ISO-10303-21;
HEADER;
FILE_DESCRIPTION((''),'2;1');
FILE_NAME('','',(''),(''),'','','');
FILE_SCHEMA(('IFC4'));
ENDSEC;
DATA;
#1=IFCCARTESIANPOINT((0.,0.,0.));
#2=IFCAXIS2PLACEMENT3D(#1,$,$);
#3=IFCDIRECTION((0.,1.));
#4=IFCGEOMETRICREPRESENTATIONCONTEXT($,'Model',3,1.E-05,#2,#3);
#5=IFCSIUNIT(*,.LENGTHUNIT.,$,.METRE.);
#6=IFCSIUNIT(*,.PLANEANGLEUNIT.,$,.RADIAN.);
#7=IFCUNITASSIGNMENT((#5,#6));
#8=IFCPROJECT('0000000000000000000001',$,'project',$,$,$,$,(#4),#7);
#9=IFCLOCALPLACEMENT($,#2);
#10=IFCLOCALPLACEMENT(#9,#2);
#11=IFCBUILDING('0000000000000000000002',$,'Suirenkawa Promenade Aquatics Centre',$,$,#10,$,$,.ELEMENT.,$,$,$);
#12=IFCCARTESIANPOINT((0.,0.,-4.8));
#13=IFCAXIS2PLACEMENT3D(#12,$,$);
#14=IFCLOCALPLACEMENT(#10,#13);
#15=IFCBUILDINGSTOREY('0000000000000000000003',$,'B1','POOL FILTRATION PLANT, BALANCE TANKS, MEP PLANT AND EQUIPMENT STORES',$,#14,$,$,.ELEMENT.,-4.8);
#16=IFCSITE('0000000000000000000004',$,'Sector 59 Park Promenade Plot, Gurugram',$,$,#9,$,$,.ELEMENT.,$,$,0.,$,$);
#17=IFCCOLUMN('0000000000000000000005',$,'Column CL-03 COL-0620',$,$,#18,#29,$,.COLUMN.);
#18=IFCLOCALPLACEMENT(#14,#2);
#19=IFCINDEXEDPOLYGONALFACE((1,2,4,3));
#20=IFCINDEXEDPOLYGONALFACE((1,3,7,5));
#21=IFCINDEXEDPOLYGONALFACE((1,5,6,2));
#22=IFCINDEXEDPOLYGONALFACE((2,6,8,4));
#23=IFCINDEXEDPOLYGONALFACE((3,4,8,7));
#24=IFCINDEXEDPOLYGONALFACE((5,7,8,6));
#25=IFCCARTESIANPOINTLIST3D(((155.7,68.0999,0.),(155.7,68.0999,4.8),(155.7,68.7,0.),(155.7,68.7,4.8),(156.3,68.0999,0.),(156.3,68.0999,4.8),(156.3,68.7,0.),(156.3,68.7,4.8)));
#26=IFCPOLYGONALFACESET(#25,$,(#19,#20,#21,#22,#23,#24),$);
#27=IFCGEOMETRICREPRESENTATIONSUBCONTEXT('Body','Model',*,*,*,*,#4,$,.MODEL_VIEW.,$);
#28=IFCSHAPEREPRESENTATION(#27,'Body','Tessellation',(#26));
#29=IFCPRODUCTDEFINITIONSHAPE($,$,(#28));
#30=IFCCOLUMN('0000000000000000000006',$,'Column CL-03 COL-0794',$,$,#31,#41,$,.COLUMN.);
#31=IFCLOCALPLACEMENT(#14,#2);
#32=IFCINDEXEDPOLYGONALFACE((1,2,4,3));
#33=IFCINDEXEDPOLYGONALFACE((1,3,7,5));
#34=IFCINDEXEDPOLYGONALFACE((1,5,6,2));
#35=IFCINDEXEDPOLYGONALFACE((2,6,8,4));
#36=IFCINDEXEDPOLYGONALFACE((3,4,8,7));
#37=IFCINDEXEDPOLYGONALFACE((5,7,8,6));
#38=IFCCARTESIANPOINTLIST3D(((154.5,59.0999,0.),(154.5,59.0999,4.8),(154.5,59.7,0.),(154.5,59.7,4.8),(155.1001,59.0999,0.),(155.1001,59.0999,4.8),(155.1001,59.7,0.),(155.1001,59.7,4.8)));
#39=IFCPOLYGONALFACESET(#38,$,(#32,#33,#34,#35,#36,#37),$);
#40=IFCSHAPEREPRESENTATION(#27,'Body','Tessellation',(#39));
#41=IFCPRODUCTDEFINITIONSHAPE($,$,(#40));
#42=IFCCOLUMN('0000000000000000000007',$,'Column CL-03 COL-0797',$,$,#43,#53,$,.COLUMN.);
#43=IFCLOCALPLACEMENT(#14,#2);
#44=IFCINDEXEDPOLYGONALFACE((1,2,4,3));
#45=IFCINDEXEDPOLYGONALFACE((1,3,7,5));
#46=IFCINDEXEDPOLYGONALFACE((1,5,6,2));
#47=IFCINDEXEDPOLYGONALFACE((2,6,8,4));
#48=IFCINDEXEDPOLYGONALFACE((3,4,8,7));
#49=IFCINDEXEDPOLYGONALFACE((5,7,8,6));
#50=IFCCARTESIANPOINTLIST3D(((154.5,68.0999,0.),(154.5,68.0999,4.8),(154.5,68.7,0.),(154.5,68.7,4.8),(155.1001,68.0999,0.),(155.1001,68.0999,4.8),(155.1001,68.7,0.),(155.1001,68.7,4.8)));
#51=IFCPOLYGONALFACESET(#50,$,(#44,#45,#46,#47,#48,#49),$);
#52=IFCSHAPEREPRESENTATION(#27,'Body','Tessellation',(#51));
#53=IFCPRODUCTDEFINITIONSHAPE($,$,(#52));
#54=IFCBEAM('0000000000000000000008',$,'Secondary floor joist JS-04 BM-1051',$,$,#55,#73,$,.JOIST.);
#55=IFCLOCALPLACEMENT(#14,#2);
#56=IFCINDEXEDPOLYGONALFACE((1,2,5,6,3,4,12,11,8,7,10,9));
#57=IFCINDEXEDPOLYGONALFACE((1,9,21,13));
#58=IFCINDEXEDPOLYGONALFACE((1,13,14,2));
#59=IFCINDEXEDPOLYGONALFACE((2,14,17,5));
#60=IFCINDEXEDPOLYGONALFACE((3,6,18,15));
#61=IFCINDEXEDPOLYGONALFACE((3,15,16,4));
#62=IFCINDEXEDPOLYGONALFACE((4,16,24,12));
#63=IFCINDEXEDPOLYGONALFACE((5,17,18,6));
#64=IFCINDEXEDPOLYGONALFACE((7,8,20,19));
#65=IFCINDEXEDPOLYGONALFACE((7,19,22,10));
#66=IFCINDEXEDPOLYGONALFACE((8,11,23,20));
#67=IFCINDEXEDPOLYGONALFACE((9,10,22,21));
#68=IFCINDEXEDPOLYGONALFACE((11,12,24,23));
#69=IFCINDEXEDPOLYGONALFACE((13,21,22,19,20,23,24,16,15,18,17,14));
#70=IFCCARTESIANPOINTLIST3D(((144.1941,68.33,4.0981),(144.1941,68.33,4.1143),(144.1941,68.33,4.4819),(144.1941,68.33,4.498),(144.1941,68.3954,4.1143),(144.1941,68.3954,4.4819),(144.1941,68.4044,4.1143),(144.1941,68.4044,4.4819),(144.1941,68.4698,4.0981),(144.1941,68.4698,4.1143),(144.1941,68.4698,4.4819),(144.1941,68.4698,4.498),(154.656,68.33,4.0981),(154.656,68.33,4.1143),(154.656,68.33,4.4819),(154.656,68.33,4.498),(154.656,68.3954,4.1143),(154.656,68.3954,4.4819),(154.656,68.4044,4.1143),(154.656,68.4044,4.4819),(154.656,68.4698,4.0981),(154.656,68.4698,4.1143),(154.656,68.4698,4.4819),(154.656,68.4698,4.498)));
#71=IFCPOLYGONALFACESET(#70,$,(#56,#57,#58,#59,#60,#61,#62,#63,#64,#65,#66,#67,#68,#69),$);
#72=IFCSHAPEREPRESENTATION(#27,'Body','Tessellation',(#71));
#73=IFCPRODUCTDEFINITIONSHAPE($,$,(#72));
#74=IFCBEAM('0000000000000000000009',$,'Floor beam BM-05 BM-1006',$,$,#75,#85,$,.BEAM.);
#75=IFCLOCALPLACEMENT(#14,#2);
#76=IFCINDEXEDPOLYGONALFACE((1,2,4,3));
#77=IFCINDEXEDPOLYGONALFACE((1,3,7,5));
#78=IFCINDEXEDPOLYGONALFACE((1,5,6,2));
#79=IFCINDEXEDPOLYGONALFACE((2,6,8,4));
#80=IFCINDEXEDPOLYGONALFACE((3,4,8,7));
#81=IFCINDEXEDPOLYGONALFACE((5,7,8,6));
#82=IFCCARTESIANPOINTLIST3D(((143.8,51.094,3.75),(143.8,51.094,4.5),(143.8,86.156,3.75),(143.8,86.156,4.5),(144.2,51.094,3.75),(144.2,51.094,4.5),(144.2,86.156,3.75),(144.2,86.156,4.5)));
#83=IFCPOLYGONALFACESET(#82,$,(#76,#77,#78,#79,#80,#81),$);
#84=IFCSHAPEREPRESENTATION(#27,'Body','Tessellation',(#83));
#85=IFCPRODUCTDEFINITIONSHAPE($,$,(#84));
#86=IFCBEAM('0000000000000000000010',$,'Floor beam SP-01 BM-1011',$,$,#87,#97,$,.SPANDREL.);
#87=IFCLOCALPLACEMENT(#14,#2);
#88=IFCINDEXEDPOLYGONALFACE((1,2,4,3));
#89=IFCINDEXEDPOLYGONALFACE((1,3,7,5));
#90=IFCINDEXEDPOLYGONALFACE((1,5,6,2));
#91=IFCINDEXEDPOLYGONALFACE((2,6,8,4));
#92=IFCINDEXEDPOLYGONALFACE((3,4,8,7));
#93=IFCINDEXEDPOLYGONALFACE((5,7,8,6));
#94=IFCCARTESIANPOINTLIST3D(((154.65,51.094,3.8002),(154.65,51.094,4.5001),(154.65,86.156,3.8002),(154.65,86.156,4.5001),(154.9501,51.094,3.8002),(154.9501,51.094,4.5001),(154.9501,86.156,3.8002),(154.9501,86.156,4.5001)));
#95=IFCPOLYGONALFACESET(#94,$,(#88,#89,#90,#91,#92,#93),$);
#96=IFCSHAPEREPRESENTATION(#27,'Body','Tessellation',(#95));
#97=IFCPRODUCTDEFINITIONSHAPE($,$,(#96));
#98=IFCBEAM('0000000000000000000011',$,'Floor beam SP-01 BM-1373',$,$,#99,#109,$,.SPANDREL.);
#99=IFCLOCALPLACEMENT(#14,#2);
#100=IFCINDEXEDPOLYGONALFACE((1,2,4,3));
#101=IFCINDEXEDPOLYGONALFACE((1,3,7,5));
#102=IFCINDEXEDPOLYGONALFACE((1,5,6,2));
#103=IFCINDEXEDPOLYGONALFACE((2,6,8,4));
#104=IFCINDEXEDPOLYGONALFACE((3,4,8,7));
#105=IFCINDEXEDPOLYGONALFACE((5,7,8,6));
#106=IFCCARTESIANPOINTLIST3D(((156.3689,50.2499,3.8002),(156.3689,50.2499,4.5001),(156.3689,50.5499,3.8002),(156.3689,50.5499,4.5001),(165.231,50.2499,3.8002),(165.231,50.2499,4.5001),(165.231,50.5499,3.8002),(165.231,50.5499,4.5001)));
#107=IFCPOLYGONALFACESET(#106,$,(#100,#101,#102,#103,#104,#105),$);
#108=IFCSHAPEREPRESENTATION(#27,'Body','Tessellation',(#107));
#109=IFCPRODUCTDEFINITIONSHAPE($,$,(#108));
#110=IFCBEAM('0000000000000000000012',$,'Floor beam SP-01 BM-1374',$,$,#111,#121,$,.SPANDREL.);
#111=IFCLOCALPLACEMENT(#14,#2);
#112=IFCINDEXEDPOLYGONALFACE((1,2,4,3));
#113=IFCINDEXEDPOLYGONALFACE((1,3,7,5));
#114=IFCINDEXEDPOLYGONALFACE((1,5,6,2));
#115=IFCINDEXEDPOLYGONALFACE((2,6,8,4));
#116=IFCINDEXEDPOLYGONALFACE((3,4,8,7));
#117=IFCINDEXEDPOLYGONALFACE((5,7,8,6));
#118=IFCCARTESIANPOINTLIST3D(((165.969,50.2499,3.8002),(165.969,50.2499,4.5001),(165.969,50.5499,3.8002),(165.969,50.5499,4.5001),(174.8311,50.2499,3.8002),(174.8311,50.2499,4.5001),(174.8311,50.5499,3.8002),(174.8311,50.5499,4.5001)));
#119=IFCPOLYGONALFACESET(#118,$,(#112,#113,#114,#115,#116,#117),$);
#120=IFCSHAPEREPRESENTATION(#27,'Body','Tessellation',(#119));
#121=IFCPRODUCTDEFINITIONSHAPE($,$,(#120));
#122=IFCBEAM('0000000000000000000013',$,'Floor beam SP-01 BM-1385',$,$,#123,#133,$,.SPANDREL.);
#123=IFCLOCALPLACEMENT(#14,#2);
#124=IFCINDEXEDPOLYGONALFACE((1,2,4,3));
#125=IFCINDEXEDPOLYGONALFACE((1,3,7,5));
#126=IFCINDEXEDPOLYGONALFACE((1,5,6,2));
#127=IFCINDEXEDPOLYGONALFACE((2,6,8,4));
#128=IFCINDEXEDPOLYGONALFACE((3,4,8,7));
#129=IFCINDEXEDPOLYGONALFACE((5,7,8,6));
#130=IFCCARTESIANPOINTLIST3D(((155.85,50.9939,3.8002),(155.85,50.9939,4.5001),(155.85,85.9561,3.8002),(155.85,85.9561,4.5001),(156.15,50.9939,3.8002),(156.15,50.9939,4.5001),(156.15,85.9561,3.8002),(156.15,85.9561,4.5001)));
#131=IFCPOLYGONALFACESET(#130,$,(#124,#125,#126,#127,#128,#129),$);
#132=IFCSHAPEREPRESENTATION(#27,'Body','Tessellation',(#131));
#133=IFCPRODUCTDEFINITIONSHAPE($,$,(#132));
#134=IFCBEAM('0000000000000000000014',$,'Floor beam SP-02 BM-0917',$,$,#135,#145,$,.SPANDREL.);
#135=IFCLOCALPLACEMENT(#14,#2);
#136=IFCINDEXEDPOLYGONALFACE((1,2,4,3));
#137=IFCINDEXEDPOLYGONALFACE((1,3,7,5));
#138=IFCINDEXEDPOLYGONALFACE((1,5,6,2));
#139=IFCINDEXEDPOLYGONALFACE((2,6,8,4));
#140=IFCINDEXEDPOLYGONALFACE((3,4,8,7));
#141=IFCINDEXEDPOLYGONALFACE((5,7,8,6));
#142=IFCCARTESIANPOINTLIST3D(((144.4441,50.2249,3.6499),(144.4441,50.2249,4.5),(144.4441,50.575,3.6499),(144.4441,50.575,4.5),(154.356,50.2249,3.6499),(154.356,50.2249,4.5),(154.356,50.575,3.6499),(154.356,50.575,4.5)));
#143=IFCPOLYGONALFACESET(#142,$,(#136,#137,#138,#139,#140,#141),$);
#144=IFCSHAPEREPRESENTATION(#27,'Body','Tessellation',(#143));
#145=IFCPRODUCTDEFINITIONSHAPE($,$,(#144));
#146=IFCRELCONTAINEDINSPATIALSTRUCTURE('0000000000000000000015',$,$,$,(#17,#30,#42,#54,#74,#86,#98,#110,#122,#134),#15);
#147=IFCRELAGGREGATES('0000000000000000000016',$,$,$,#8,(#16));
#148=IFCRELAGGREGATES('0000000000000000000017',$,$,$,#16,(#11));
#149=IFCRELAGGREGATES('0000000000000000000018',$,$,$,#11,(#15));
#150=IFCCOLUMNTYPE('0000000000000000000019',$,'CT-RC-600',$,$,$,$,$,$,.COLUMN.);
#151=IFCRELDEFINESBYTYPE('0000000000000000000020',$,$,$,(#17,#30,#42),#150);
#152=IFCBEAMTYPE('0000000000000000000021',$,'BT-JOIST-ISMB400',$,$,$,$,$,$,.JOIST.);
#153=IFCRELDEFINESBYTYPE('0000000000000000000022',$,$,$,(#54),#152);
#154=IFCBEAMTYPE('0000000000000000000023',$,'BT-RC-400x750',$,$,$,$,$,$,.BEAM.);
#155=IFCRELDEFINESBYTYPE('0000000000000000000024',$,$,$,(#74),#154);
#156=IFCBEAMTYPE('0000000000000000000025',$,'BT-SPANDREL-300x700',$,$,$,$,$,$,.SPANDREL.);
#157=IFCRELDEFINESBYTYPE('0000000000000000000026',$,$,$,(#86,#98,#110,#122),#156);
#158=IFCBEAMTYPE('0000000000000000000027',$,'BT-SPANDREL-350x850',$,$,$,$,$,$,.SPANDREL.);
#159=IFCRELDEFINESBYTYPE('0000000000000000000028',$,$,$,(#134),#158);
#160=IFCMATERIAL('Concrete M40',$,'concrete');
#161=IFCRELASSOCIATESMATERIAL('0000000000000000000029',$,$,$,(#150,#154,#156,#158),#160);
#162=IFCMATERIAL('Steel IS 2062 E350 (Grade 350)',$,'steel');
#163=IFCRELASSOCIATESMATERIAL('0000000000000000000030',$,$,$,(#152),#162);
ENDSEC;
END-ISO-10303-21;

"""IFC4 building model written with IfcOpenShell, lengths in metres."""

from ifc_helpers import new_model, si_unit, direction, frame, origin, origin_2d, place, context, subcontext, project, spatial, rectangle, i_section, extrude, material, material_profile, profile_set, type_object, element, save


model = new_model("IFC4")

# Units and contexts
model_context = context("Model", 3, precision=1e-05, world=origin(), true_north=direction((0.0, 1.0)))
body_context = subcontext(model_context, "Body", "Model", "MODEL_VIEW")
ifc_project = project(units=[si_unit("LENGTHUNIT", "METRE"), si_unit("PLANEANGLEUNIT", "RADIAN")], contexts=[model_context])

# Site, building, storey
site_placement = place(None, origin())
site = spatial("IfcSite", under=ifc_project, at=site_placement, Name="Sector 59 Park Promenade Plot, Gurugram", CompositionType="ELEMENT", RefElevation=0.0)
building_placement = place(site_placement, origin())
building = spatial("IfcBuilding", under=site, at=building_placement, Name="Suirenkawa Promenade Aquatics Centre", CompositionType="ELEMENT")
storey_placement = place(building_placement, frame((0.0, 0.0, -4.8)))
storey = spatial("IfcBuildingStorey", under=building, at=storey_placement, Name="B1", Description="POOL FILTRATION PLANT, BALANCE TANKS, MEP PLANT AND EQUIPMENT STORES", CompositionType="ELEMENT", Elevation=-4.8)

# Columns
ifc_material_1 = material(Name="Concrete M40", Category="concrete")
ifc_material_profile_1 = material_profile(ifc_material_1, rectangle(XDim=0.6001, YDim=0.6001, at=origin_2d()), Name="RC COL 600x600", Category="concrete")
ifc_profile_set_1 = profile_set([ifc_material_profile_1], Name="Concrete M40")
column_type_1 = type_object("IfcColumnType", Name="CT-RC-600", PredefinedType="COLUMN", material=ifc_profile_set_1)
for number, where, z_axis, x_axis, name in (
    (1, (156.0, 68.3999, 0.0), (0.0, 0.0, 1.0), (1.0, 0.0, 0.0), "Column CL-03 COL-0620"),
    (2, (154.8, 59.3999, 0.0), (0.0, 0.0, 1.0), (1.0, 0.0, 0.0), "Column CL-03 COL-0794"),
    (3, (154.8, 68.3999, 0.0), (0.0, 0.0, 1.0), (1.0, 0.0, 0.0), "Column CL-03 COL-0797"),
):
    element("IfcColumn", number, at=place(storey_placement, frame(where, z_axis=z_axis, x_axis=x_axis)), inside=storey, type_object=column_type_1, Name=name, PredefinedType="COLUMN", context=body_context, shape_type="SweptSolid", body=[
        extrude(rectangle(XDim=0.6001, YDim=0.6001, at=origin_2d()), origin(), (0.0, 0.0, 1.0), 4.8),
    ])

# Beams
ifc_material_2 = material(Name="Steel IS 2062 E350 (Grade 350)", Category="steel")
ifc_material_profile_2 = material_profile(ifc_material_2, i_section(OverallWidth=0.1399, OverallDepth=0.3999, WebThickness=0.009, FlangeThickness=0.0161, at=origin_2d()), Name="ISMB 400", Category="steel")
ifc_profile_set_2 = profile_set([ifc_material_profile_2], Name="Steel IS 2062 E350 (Grade 350)")
beam_type_1 = type_object("IfcBeamType", Name="BT-JOIST-ISMB400", PredefinedType="JOIST", material=ifc_profile_set_2)
beam_1_placement = place(storey_placement, frame((144.1941, 68.3999, 4.2981), z_axis=(1.0, 0.0, 0.0), x_axis=(0.0, 1.0, 0.0)))
element("IfcBeam", 4, at=beam_1_placement, inside=storey, type_object=beam_type_1, Name="Secondary floor joist JS-04 BM-1051", PredefinedType="JOIST", context=body_context, shape_type="SweptSolid", body=[
    extrude(i_section(OverallWidth=0.1399, OverallDepth=0.3999, WebThickness=0.009, FlangeThickness=0.0161, at=origin_2d()), origin(), (0.0, 0.0, 1.0), 10.4619),
])
ifc_material_profile_3 = material_profile(ifc_material_1, rectangle(XDim=0.3999, YDim=0.75, at=origin_2d()), Name="RC BM 400x750", Category="concrete")
ifc_profile_set_3 = profile_set([ifc_material_profile_3], Name="Concrete M40")
beam_type_2 = type_object("IfcBeamType", Name="BT-RC-400x750", PredefinedType="BEAM", material=ifc_profile_set_3)
beam_2_placement = place(storey_placement, frame((144.0, 51.094, 4.125), z_axis=(0.0, 1.0, 0.0), x_axis=(-1.0, 0.0, 0.0)))
element("IfcBeam", 5, at=beam_2_placement, inside=storey, type_object=beam_type_2, Name="Floor beam BM-05 BM-1006", PredefinedType="BEAM", context=body_context, shape_type="SweptSolid", body=[
    extrude(rectangle(XDim=0.3999, YDim=0.75, at=origin_2d()), origin(), (0.0, 0.0, 1.0), 35.062),
])
ifc_material_profile_4 = material_profile(ifc_material_1, rectangle(XDim=0.3, YDim=0.7, at=origin_2d()), Name="RC SPANDREL 300x700", Category="concrete")
ifc_profile_set_4 = profile_set([ifc_material_profile_4], Name="Concrete M40")
beam_type_3 = type_object("IfcBeamType", Name="BT-SPANDREL-300x700", PredefinedType="SPANDREL", material=ifc_profile_set_4)
beam_3_placement = place(storey_placement, frame((154.8, 51.094, 4.1501), z_axis=(0.0, 1.0, 0.0), x_axis=(-1.0, 0.0, 0.0)))
element("IfcBeam", 6, at=beam_3_placement, inside=storey, type_object=beam_type_3, Name="Floor beam SP-01 BM-1011", PredefinedType="SPANDREL", context=body_context, shape_type="SweptSolid", body=[
    extrude(rectangle(XDim=0.3, YDim=0.7, at=origin_2d()), origin(), (0.0, 0.0, 1.0), 35.062),
])
for number, where, z_axis, x_axis, name in (
    (7, (156.3689, 50.3999, 4.1501), (1.0, 0.0, 0.0), (0.0, 1.0, 0.0), "Floor beam SP-01 BM-1373"),
    (8, (165.969, 50.3999, 4.1501), (1.0, 0.0, 0.0), (0.0, 1.0, 0.0), "Floor beam SP-01 BM-1374"),
):
    element("IfcBeam", number, at=place(storey_placement, frame(where, z_axis=z_axis, x_axis=x_axis)), inside=storey, type_object=beam_type_3, Name=name, PredefinedType="SPANDREL", context=body_context, shape_type="SweptSolid", body=[
        extrude(rectangle(XDim=0.3, YDim=0.7, at=origin_2d()), origin(), (0.0, 0.0, 1.0), 8.8621),
    ])
beam_4_placement = place(storey_placement, frame((156.0, 50.9939, 4.1501), z_axis=(0.0, 1.0, 0.0), x_axis=(-1.0, 0.0, 0.0)))
element("IfcBeam", 9, at=beam_4_placement, inside=storey, type_object=beam_type_3, Name="Floor beam SP-01 BM-1385", PredefinedType="SPANDREL", context=body_context, shape_type="SweptSolid", body=[
    extrude(rectangle(XDim=0.3, YDim=0.7, at=origin_2d()), origin(), (0.0, 0.0, 1.0), 34.9622),
])
ifc_material_profile_5 = material_profile(ifc_material_1, rectangle(XDim=0.3501, YDim=0.8501, at=origin_2d()), Name="RC SPANDREL 350x850", Category="concrete")
ifc_profile_set_5 = profile_set([ifc_material_profile_5], Name="Concrete M40")
beam_type_4 = type_object("IfcBeamType", Name="BT-SPANDREL-350x850", PredefinedType="SPANDREL", material=ifc_profile_set_5)
beam_5_placement = place(storey_placement, frame((144.4441, 50.3999, 4.075), z_axis=(1.0, 0.0, 0.0), x_axis=(0.0, 1.0, 0.0)))
element("IfcBeam", 10, at=beam_5_placement, inside=storey, type_object=beam_type_4, Name="Floor beam SP-02 BM-0917", PredefinedType="SPANDREL", context=body_context, shape_type="SweptSolid", body=[
    extrude(rectangle(XDim=0.3501, YDim=0.8501, at=origin_2d()), origin(), (0.0, 0.0, 1.0), 9.9119),
])

save(model, "model.ifc")
